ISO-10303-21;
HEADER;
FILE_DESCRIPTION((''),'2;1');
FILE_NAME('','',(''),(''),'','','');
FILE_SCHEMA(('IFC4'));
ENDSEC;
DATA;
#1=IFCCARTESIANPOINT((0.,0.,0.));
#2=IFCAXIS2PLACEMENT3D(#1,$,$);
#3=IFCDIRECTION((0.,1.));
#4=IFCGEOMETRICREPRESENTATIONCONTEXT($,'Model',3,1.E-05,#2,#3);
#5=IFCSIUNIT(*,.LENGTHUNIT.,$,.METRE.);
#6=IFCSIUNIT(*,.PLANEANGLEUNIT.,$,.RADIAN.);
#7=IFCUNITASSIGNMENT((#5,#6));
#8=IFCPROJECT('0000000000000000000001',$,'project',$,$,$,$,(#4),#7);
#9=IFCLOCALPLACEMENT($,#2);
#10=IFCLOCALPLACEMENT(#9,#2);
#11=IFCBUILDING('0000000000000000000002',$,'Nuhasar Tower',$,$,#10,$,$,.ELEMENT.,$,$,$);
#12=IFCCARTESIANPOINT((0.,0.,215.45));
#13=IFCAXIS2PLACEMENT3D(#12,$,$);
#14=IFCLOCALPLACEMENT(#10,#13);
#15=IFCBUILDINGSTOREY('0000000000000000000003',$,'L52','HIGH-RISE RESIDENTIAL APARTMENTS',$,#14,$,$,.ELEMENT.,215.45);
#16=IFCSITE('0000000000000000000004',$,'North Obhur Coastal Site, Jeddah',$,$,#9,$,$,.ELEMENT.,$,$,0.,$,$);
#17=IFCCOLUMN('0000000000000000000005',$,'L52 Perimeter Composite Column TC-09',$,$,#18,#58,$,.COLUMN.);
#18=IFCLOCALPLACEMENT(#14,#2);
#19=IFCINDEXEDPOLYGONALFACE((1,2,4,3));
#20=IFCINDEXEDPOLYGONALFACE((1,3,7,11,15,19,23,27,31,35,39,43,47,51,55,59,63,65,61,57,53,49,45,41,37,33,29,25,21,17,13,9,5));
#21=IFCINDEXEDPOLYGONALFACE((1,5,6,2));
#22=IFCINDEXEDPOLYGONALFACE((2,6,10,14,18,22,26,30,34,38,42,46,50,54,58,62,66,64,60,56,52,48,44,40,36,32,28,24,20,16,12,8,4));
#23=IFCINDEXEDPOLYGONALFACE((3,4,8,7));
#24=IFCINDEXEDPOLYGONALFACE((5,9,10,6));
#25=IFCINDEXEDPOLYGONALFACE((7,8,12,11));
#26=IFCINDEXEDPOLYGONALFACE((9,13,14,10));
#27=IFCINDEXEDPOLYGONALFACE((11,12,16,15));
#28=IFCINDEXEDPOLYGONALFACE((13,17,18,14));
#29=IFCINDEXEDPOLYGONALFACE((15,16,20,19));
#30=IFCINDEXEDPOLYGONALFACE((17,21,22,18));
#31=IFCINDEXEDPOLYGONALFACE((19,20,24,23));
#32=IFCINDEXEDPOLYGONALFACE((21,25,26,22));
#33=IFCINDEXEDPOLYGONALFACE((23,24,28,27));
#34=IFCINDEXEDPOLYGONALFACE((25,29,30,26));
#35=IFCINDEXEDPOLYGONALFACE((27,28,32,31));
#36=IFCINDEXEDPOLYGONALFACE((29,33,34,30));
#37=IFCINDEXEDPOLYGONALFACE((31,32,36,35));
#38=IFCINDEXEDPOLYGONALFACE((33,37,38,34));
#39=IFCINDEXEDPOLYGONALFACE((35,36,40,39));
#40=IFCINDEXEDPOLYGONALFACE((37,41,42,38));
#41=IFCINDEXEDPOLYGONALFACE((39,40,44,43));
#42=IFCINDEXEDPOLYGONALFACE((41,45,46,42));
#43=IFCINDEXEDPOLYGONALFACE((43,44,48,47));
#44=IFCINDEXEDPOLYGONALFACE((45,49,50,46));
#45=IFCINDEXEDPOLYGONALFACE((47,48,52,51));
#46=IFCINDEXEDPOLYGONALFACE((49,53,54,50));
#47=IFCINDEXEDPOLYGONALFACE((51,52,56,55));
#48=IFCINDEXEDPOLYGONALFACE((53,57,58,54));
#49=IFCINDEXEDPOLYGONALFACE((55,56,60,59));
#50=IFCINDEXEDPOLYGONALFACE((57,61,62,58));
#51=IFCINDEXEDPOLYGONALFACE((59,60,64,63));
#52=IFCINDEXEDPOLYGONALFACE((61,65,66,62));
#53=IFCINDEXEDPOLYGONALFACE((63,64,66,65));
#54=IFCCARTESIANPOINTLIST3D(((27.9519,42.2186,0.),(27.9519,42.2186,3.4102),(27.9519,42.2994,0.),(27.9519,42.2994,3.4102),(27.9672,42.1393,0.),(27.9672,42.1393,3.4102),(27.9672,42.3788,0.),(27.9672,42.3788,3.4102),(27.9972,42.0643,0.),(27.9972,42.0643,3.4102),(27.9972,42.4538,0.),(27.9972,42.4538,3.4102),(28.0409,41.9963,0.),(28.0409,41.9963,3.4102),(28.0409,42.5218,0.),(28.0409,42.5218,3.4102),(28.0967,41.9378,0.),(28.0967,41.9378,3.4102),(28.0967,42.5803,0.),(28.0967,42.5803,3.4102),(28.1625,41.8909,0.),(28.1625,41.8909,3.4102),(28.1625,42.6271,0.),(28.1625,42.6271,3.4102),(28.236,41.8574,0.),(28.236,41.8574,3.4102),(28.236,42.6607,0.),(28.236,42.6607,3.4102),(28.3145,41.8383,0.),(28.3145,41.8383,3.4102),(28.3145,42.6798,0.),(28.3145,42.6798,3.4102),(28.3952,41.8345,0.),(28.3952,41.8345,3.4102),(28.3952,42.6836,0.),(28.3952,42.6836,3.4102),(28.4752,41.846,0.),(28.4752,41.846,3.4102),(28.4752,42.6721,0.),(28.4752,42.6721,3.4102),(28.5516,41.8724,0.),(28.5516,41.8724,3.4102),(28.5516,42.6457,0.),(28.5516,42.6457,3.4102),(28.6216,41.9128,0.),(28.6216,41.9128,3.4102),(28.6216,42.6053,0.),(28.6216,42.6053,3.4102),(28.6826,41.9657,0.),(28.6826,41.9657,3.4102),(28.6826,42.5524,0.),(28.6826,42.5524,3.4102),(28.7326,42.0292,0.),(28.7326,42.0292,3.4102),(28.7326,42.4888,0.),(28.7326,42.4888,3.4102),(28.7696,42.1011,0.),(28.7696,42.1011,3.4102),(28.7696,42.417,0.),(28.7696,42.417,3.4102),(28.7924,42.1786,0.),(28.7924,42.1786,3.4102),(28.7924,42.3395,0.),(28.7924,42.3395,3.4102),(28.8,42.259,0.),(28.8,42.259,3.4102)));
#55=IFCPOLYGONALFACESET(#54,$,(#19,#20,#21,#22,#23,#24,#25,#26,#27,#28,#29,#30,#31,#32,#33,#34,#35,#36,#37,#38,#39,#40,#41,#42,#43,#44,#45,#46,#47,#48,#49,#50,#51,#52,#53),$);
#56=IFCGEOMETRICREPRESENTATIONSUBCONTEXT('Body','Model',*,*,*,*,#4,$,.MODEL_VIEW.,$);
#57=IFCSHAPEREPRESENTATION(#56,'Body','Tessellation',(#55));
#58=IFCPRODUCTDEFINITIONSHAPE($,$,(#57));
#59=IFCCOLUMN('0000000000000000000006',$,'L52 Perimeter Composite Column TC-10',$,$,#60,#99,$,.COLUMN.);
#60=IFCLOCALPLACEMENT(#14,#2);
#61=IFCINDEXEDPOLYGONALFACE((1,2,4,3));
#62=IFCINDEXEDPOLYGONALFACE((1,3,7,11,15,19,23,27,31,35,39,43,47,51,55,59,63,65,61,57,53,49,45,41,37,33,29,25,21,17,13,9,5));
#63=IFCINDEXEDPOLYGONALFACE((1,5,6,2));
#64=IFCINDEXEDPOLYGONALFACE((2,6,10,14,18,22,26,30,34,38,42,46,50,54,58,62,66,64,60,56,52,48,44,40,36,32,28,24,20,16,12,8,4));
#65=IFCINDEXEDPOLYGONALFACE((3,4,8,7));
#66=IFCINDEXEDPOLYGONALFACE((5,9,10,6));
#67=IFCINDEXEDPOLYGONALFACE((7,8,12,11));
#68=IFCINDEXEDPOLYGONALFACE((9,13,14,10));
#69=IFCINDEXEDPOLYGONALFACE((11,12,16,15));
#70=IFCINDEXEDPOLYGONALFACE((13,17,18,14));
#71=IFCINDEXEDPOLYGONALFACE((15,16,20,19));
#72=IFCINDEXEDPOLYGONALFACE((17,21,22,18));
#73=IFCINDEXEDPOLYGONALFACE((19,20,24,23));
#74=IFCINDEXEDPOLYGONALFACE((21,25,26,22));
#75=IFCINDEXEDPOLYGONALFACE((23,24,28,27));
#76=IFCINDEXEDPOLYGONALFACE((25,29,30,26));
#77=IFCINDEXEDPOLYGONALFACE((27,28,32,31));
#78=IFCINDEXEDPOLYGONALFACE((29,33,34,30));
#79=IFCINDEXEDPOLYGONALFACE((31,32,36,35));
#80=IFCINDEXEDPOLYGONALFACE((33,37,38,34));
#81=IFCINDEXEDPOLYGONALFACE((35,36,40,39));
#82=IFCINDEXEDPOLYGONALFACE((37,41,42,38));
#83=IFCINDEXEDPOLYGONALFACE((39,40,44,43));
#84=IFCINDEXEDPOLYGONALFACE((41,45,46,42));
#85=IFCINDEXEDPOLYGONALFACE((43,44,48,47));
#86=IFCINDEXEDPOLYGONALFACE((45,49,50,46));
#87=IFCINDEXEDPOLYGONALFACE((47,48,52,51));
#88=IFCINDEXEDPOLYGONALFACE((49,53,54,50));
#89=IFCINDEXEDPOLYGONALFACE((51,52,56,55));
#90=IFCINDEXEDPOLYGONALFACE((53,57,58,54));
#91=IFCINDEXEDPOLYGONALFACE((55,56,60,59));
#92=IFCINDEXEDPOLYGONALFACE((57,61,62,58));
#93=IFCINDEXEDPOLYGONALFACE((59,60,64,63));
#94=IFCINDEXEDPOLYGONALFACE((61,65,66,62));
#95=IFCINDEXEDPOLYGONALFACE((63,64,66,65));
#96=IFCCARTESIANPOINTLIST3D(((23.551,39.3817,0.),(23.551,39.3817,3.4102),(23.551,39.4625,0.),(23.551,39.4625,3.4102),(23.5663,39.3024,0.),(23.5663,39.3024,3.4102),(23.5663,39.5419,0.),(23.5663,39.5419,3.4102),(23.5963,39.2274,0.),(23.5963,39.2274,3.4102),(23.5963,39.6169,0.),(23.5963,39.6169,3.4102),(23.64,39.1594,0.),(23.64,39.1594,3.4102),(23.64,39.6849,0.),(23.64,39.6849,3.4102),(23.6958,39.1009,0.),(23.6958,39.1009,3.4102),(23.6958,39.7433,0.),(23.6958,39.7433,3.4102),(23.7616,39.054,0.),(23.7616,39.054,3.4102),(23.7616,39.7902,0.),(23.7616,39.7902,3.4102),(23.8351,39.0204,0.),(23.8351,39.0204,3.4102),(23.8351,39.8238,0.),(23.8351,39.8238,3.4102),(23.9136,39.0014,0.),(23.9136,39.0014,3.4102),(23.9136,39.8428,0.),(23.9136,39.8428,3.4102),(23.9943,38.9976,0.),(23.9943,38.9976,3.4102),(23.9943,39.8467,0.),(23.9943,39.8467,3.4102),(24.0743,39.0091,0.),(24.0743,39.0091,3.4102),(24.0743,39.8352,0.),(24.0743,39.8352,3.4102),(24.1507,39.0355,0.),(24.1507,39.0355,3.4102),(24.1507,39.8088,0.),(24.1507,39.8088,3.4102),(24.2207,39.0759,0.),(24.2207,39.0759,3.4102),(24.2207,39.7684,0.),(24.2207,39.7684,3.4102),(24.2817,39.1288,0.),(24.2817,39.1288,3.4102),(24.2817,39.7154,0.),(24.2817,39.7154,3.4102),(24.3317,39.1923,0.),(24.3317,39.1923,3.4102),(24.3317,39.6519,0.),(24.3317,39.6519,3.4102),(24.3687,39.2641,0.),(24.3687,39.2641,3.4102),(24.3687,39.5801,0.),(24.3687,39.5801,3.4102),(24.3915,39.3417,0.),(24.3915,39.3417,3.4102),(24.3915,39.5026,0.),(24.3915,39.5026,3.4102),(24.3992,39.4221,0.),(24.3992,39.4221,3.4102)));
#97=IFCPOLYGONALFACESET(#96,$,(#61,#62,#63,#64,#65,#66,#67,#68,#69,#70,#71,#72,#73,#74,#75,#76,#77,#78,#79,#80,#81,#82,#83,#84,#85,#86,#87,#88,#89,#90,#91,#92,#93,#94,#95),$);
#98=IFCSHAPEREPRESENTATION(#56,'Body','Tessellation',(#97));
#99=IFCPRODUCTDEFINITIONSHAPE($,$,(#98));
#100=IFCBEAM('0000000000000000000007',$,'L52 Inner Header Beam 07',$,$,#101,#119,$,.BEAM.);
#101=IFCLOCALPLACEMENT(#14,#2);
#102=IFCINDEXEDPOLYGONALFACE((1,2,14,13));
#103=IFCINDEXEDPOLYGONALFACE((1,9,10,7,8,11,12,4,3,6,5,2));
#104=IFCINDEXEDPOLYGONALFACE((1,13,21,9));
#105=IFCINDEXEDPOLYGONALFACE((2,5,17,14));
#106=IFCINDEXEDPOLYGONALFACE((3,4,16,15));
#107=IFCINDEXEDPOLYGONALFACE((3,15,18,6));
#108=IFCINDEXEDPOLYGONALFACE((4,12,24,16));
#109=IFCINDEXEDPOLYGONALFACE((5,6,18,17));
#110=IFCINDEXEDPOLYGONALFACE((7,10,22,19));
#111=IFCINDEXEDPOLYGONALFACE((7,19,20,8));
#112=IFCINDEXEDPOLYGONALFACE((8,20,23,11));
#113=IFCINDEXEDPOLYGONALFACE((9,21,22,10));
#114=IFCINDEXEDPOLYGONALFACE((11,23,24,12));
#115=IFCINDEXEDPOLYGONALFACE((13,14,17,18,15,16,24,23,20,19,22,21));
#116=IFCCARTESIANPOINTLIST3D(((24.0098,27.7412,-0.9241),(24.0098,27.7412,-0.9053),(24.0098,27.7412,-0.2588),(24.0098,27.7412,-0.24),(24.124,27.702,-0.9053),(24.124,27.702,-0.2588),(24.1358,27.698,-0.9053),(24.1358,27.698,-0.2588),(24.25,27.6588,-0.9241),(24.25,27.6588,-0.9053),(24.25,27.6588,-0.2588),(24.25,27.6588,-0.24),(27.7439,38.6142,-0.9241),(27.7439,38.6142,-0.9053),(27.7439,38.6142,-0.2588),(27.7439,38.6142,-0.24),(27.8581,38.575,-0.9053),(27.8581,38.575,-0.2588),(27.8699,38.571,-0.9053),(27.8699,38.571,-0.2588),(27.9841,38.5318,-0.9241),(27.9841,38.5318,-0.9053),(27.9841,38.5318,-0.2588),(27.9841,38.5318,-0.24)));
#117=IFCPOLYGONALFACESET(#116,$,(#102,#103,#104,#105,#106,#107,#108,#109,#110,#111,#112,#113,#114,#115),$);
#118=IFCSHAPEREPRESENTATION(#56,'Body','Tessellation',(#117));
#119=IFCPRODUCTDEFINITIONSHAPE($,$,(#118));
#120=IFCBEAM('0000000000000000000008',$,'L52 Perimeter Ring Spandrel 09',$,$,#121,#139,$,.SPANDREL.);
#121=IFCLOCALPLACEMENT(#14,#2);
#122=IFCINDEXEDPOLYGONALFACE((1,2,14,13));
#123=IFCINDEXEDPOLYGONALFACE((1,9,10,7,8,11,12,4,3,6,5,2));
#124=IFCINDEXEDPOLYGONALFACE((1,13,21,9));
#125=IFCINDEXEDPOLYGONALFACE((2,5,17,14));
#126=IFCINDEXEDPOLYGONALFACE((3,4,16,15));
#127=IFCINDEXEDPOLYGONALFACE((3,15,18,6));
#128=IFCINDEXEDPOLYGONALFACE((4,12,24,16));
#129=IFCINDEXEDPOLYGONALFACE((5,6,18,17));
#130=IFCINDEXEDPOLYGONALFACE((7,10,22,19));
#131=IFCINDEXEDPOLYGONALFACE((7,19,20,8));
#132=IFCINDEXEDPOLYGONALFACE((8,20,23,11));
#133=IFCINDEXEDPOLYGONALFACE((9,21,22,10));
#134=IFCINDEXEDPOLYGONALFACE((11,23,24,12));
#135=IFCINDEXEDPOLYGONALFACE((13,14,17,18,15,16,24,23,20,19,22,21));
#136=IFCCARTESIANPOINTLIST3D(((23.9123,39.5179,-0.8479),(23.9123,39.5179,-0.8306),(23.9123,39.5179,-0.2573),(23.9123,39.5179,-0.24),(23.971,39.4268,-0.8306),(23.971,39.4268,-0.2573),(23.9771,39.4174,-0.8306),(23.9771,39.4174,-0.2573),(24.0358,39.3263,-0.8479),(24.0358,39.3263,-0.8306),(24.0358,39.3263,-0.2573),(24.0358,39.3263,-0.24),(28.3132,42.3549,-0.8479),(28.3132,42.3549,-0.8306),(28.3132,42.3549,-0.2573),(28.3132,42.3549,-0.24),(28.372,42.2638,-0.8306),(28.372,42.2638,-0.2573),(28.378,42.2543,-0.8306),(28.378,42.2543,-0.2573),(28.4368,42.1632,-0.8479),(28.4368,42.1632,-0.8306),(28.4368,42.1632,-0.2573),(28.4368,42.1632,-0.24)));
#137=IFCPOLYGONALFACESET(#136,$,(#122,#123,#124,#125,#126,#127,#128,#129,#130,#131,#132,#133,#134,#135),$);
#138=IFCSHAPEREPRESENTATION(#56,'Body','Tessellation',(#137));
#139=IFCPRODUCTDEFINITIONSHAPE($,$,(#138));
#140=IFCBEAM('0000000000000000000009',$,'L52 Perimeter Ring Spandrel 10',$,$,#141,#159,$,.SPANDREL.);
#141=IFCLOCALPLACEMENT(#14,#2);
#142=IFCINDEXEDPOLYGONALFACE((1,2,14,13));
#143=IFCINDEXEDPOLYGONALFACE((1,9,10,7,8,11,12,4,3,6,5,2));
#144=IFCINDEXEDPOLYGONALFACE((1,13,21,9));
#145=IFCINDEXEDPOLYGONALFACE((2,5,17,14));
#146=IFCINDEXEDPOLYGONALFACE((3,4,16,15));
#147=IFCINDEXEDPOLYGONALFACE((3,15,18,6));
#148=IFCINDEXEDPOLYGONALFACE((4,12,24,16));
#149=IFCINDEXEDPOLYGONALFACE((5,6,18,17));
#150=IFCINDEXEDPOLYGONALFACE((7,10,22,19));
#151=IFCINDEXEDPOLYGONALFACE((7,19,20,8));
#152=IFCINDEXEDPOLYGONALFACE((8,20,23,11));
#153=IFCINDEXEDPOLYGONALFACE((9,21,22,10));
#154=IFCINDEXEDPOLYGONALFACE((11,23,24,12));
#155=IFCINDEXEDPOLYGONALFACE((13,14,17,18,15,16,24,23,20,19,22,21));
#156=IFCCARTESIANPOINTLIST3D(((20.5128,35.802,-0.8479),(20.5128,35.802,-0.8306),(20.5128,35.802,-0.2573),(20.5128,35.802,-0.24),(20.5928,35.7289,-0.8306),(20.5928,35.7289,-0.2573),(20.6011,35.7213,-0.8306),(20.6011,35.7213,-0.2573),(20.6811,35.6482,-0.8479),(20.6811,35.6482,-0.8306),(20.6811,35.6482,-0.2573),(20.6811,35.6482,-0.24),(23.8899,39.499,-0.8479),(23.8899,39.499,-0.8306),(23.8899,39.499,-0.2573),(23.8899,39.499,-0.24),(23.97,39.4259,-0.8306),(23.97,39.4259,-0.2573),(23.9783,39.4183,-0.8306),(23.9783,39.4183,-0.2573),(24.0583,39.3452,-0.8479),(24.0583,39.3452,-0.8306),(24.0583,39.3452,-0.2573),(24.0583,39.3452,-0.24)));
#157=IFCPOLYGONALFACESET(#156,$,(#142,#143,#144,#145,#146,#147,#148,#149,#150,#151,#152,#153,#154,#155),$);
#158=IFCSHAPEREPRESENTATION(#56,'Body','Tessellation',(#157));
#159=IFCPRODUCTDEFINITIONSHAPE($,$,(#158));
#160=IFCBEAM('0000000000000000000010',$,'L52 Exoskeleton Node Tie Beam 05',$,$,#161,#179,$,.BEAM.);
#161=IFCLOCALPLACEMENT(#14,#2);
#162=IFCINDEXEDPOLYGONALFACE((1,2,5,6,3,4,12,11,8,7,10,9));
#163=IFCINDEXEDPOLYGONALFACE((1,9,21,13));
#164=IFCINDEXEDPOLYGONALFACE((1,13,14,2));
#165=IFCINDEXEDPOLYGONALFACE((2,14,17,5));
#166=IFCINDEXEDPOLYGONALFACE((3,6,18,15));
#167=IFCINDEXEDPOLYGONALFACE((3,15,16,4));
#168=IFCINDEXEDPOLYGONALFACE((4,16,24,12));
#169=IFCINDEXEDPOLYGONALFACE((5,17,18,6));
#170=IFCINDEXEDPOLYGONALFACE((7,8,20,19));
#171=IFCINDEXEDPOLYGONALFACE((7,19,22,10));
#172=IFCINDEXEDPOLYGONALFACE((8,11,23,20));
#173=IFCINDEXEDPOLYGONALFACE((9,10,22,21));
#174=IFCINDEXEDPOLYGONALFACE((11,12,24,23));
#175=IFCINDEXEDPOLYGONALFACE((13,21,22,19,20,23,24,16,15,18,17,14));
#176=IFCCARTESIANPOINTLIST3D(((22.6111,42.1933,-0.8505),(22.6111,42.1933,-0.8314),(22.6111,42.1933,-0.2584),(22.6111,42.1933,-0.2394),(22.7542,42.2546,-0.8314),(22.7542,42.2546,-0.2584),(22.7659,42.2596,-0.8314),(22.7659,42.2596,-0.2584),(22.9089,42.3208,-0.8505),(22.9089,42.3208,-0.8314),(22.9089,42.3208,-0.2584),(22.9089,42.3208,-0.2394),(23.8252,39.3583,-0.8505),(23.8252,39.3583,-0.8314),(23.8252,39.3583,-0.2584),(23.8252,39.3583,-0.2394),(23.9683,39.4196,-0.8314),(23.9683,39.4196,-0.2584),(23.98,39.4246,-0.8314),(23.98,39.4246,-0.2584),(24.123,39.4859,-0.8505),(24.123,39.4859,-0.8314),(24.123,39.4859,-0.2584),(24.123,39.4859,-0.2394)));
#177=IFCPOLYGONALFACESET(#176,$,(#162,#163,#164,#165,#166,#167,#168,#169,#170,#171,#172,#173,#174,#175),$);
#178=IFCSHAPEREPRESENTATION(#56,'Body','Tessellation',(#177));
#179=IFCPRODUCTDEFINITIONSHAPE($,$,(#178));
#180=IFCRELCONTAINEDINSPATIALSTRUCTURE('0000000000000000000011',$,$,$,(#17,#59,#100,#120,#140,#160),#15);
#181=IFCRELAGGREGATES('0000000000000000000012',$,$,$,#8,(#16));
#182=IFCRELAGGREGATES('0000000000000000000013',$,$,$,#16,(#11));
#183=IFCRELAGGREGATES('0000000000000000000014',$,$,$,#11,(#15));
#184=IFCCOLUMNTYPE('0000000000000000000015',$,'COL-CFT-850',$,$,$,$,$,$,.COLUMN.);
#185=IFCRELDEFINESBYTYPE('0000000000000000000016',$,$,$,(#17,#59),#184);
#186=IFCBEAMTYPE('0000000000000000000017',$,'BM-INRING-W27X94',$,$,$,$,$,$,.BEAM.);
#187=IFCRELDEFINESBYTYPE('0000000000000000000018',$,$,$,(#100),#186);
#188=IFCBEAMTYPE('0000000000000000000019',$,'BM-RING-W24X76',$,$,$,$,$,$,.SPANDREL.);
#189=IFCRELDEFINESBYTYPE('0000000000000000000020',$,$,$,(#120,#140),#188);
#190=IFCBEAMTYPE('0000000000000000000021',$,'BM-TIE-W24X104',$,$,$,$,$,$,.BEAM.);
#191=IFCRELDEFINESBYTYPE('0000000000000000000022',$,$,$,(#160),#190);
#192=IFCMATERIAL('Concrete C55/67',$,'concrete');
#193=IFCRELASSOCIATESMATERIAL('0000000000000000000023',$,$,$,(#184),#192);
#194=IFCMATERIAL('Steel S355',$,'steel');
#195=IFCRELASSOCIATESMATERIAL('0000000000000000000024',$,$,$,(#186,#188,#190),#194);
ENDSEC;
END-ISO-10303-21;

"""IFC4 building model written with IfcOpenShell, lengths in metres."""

from ifc_helpers import new_model, si_unit, direction, frame, origin, origin_2d, place, context, subcontext, project, spatial, circle, i_section, extrude, material, material_profile, profile_set, type_object, element, save


model = new_model("IFC4")

# Units and contexts
model_context = context("Model", 3, precision=1e-05, world=origin(), true_north=direction((0.0, 1.0)))
body_context = subcontext(model_context, "Body", "Model", "MODEL_VIEW")
ifc_project = project(units=[si_unit("LENGTHUNIT", "METRE"), si_unit("PLANEANGLEUNIT", "RADIAN")], contexts=[model_context])

# Site, building, storey
site_placement = place(None, origin())
site = spatial("IfcSite", under=ifc_project, at=site_placement, Name="North Obhur Coastal Site, Jeddah", CompositionType="ELEMENT", RefElevation=0.0)
building_placement = place(site_placement, origin())
building = spatial("IfcBuilding", under=site, at=building_placement, Name="Nuhasar Tower", CompositionType="ELEMENT")
storey_placement = place(building_placement, frame((0.0, 0.0, 215.45)))
storey = spatial("IfcBuildingStorey", under=building, at=storey_placement, Name="L52", Description="HIGH-RISE RESIDENTIAL APARTMENTS", CompositionType="ELEMENT", Elevation=215.45)

# Columns
ifc_material_1 = material(Name="Concrete C55/67", Category="concrete")
ifc_material_profile_1 = material_profile(ifc_material_1, circle(Radius=0.425, at=origin_2d()), Name="CFT850")
ifc_profile_set_1 = profile_set([ifc_material_profile_1], Name="Concrete C55/67")
column_type = type_object("IfcColumnType", Name="COL-CFT-850", PredefinedType="COLUMN", material=ifc_profile_set_1)
for number, where, z_axis, x_axis, name in (
    (1, (28.375, 42.259, 0.0), (0.0, 0.0, 1.0), (1.0, 0.0, 0.0), "L52 Perimeter Composite Column TC-09"),
    (2, (23.9741, 39.4221, 0.0), (0.0, 0.0, 1.0), (1.0, 0.0, 0.0), "L52 Perimeter Composite Column TC-10"),
):
    element("IfcColumn", number, at=place(storey_placement, frame(where, z_axis=z_axis, x_axis=x_axis)), inside=storey, type_object=column_type, Name=name, PredefinedType="COLUMN", context=body_context, shape_type="SweptSolid", body=[
        extrude(circle(Radius=0.425, at=origin_2d()), origin(), (0.0, 0.0, 1.0), 3.4102),
    ])

# Beams
ifc_material_2 = material(Name="Steel S355", Category="steel")
ifc_material_profile_2 = material_profile(ifc_material_2, i_section(OverallWidth=0.2539, OverallDepth=0.6841, WebThickness=0.0125, FlangeThickness=0.0188, at=origin_2d()), Name="W27X94")
ifc_profile_set_2 = profile_set([ifc_material_profile_2], Name="Steel S355")
beam_type_1 = type_object("IfcBeamType", Name="BM-INRING-W27X94", PredefinedType="BEAM", material=ifc_profile_set_2)
beam_1_placement = place(storey_placement, frame((27.864, 38.573, -0.582), z_axis=(-0.324809, -0.94578, 0.0), x_axis=(0.94578, -0.324809, 0.0)))
element("IfcBeam", 3, at=beam_1_placement, inside=storey, type_object=beam_type_1, Name="L52 Inner Header Beam 07", PredefinedType="BEAM", context=body_context, shape_type="SweptSolid", body=[
    extrude(i_section(OverallWidth=0.2539, OverallDepth=0.6841, WebThickness=0.0125, FlangeThickness=0.0188, at=origin_2d()), origin(), (0.0, 0.0, 1.0), 11.4963),
])
ifc_material_profile_3 = material_profile(ifc_material_2, i_section(OverallWidth=0.228, OverallDepth=0.6079, WebThickness=0.0112, FlangeThickness=0.0173, at=origin_2d()), Name="W24X76")
ifc_profile_set_3 = profile_set([ifc_material_profile_3], Name="Steel S355")
beam_type_2 = type_object("IfcBeamType", Name="BM-RING-W24X76", PredefinedType="SPANDREL", material=ifc_profile_set_3)
beam_2_placement = place(storey_placement, frame((28.375, 42.259, -0.5439), z_axis=(-0.840502, -0.541808, 0.0), x_axis=(0.541808, -0.840502, 0.0)))
element("IfcBeam", 4, at=beam_2_placement, inside=storey, type_object=beam_type_2, Name="L52 Perimeter Ring Spandrel 09", PredefinedType="SPANDREL", context=body_context, shape_type="SweptSolid", body=[
    extrude(i_section(OverallWidth=0.228, OverallDepth=0.6079, WebThickness=0.0112, FlangeThickness=0.0173, at=origin_2d()), origin(), (0.0, 0.0, 1.0), 5.2361),
])
beam_3_placement = place(storey_placement, frame((23.9741, 39.4221, -0.5439), z_axis=(-0.67445, -0.738321, 0.0), x_axis=(0.738321, -0.67445, 0.0)))
element("IfcBeam", 5, at=beam_3_placement, inside=storey, type_object=beam_type_2, Name="L52 Perimeter Ring Spandrel 10", PredefinedType="SPANDREL", context=body_context, shape_type="SweptSolid", body=[
    extrude(i_section(OverallWidth=0.228, OverallDepth=0.6079, WebThickness=0.0112, FlangeThickness=0.0173, at=origin_2d()), origin(), (0.0, 0.0, 1.0), 5.0073),
])
ifc_material_profile_4 = material_profile(ifc_material_2, i_section(OverallWidth=0.324, OverallDepth=0.6111, WebThickness=0.0127, FlangeThickness=0.019, at=origin_2d()), Name="W24X104")
ifc_profile_set_4 = profile_set([ifc_material_profile_4], Name="Steel S355")
beam_type_3 = type_object("IfcBeamType", Name="BM-TIE-W24X104", PredefinedType="BEAM", material=ifc_profile_set_4)
beam_4_placement = place(storey_placement, frame((23.9741, 39.4221, -0.5449), z_axis=(-0.39368, 0.919247, 0.0), x_axis=(-0.919247, -0.39368, 0.0)))
element("IfcBeam", 6, at=beam_4_placement, inside=storey, type_object=beam_type_3, Name="L52 Exoskeleton Node Tie Beam 05", PredefinedType="BEAM", context=body_context, shape_type="SweptSolid", body=[
    extrude(i_section(OverallWidth=0.324, OverallDepth=0.6111, WebThickness=0.0127, FlangeThickness=0.019, at=origin_2d()), origin(), (0.0, 0.0, 1.0), 3.084),
])

save(model, "model.ifc")
